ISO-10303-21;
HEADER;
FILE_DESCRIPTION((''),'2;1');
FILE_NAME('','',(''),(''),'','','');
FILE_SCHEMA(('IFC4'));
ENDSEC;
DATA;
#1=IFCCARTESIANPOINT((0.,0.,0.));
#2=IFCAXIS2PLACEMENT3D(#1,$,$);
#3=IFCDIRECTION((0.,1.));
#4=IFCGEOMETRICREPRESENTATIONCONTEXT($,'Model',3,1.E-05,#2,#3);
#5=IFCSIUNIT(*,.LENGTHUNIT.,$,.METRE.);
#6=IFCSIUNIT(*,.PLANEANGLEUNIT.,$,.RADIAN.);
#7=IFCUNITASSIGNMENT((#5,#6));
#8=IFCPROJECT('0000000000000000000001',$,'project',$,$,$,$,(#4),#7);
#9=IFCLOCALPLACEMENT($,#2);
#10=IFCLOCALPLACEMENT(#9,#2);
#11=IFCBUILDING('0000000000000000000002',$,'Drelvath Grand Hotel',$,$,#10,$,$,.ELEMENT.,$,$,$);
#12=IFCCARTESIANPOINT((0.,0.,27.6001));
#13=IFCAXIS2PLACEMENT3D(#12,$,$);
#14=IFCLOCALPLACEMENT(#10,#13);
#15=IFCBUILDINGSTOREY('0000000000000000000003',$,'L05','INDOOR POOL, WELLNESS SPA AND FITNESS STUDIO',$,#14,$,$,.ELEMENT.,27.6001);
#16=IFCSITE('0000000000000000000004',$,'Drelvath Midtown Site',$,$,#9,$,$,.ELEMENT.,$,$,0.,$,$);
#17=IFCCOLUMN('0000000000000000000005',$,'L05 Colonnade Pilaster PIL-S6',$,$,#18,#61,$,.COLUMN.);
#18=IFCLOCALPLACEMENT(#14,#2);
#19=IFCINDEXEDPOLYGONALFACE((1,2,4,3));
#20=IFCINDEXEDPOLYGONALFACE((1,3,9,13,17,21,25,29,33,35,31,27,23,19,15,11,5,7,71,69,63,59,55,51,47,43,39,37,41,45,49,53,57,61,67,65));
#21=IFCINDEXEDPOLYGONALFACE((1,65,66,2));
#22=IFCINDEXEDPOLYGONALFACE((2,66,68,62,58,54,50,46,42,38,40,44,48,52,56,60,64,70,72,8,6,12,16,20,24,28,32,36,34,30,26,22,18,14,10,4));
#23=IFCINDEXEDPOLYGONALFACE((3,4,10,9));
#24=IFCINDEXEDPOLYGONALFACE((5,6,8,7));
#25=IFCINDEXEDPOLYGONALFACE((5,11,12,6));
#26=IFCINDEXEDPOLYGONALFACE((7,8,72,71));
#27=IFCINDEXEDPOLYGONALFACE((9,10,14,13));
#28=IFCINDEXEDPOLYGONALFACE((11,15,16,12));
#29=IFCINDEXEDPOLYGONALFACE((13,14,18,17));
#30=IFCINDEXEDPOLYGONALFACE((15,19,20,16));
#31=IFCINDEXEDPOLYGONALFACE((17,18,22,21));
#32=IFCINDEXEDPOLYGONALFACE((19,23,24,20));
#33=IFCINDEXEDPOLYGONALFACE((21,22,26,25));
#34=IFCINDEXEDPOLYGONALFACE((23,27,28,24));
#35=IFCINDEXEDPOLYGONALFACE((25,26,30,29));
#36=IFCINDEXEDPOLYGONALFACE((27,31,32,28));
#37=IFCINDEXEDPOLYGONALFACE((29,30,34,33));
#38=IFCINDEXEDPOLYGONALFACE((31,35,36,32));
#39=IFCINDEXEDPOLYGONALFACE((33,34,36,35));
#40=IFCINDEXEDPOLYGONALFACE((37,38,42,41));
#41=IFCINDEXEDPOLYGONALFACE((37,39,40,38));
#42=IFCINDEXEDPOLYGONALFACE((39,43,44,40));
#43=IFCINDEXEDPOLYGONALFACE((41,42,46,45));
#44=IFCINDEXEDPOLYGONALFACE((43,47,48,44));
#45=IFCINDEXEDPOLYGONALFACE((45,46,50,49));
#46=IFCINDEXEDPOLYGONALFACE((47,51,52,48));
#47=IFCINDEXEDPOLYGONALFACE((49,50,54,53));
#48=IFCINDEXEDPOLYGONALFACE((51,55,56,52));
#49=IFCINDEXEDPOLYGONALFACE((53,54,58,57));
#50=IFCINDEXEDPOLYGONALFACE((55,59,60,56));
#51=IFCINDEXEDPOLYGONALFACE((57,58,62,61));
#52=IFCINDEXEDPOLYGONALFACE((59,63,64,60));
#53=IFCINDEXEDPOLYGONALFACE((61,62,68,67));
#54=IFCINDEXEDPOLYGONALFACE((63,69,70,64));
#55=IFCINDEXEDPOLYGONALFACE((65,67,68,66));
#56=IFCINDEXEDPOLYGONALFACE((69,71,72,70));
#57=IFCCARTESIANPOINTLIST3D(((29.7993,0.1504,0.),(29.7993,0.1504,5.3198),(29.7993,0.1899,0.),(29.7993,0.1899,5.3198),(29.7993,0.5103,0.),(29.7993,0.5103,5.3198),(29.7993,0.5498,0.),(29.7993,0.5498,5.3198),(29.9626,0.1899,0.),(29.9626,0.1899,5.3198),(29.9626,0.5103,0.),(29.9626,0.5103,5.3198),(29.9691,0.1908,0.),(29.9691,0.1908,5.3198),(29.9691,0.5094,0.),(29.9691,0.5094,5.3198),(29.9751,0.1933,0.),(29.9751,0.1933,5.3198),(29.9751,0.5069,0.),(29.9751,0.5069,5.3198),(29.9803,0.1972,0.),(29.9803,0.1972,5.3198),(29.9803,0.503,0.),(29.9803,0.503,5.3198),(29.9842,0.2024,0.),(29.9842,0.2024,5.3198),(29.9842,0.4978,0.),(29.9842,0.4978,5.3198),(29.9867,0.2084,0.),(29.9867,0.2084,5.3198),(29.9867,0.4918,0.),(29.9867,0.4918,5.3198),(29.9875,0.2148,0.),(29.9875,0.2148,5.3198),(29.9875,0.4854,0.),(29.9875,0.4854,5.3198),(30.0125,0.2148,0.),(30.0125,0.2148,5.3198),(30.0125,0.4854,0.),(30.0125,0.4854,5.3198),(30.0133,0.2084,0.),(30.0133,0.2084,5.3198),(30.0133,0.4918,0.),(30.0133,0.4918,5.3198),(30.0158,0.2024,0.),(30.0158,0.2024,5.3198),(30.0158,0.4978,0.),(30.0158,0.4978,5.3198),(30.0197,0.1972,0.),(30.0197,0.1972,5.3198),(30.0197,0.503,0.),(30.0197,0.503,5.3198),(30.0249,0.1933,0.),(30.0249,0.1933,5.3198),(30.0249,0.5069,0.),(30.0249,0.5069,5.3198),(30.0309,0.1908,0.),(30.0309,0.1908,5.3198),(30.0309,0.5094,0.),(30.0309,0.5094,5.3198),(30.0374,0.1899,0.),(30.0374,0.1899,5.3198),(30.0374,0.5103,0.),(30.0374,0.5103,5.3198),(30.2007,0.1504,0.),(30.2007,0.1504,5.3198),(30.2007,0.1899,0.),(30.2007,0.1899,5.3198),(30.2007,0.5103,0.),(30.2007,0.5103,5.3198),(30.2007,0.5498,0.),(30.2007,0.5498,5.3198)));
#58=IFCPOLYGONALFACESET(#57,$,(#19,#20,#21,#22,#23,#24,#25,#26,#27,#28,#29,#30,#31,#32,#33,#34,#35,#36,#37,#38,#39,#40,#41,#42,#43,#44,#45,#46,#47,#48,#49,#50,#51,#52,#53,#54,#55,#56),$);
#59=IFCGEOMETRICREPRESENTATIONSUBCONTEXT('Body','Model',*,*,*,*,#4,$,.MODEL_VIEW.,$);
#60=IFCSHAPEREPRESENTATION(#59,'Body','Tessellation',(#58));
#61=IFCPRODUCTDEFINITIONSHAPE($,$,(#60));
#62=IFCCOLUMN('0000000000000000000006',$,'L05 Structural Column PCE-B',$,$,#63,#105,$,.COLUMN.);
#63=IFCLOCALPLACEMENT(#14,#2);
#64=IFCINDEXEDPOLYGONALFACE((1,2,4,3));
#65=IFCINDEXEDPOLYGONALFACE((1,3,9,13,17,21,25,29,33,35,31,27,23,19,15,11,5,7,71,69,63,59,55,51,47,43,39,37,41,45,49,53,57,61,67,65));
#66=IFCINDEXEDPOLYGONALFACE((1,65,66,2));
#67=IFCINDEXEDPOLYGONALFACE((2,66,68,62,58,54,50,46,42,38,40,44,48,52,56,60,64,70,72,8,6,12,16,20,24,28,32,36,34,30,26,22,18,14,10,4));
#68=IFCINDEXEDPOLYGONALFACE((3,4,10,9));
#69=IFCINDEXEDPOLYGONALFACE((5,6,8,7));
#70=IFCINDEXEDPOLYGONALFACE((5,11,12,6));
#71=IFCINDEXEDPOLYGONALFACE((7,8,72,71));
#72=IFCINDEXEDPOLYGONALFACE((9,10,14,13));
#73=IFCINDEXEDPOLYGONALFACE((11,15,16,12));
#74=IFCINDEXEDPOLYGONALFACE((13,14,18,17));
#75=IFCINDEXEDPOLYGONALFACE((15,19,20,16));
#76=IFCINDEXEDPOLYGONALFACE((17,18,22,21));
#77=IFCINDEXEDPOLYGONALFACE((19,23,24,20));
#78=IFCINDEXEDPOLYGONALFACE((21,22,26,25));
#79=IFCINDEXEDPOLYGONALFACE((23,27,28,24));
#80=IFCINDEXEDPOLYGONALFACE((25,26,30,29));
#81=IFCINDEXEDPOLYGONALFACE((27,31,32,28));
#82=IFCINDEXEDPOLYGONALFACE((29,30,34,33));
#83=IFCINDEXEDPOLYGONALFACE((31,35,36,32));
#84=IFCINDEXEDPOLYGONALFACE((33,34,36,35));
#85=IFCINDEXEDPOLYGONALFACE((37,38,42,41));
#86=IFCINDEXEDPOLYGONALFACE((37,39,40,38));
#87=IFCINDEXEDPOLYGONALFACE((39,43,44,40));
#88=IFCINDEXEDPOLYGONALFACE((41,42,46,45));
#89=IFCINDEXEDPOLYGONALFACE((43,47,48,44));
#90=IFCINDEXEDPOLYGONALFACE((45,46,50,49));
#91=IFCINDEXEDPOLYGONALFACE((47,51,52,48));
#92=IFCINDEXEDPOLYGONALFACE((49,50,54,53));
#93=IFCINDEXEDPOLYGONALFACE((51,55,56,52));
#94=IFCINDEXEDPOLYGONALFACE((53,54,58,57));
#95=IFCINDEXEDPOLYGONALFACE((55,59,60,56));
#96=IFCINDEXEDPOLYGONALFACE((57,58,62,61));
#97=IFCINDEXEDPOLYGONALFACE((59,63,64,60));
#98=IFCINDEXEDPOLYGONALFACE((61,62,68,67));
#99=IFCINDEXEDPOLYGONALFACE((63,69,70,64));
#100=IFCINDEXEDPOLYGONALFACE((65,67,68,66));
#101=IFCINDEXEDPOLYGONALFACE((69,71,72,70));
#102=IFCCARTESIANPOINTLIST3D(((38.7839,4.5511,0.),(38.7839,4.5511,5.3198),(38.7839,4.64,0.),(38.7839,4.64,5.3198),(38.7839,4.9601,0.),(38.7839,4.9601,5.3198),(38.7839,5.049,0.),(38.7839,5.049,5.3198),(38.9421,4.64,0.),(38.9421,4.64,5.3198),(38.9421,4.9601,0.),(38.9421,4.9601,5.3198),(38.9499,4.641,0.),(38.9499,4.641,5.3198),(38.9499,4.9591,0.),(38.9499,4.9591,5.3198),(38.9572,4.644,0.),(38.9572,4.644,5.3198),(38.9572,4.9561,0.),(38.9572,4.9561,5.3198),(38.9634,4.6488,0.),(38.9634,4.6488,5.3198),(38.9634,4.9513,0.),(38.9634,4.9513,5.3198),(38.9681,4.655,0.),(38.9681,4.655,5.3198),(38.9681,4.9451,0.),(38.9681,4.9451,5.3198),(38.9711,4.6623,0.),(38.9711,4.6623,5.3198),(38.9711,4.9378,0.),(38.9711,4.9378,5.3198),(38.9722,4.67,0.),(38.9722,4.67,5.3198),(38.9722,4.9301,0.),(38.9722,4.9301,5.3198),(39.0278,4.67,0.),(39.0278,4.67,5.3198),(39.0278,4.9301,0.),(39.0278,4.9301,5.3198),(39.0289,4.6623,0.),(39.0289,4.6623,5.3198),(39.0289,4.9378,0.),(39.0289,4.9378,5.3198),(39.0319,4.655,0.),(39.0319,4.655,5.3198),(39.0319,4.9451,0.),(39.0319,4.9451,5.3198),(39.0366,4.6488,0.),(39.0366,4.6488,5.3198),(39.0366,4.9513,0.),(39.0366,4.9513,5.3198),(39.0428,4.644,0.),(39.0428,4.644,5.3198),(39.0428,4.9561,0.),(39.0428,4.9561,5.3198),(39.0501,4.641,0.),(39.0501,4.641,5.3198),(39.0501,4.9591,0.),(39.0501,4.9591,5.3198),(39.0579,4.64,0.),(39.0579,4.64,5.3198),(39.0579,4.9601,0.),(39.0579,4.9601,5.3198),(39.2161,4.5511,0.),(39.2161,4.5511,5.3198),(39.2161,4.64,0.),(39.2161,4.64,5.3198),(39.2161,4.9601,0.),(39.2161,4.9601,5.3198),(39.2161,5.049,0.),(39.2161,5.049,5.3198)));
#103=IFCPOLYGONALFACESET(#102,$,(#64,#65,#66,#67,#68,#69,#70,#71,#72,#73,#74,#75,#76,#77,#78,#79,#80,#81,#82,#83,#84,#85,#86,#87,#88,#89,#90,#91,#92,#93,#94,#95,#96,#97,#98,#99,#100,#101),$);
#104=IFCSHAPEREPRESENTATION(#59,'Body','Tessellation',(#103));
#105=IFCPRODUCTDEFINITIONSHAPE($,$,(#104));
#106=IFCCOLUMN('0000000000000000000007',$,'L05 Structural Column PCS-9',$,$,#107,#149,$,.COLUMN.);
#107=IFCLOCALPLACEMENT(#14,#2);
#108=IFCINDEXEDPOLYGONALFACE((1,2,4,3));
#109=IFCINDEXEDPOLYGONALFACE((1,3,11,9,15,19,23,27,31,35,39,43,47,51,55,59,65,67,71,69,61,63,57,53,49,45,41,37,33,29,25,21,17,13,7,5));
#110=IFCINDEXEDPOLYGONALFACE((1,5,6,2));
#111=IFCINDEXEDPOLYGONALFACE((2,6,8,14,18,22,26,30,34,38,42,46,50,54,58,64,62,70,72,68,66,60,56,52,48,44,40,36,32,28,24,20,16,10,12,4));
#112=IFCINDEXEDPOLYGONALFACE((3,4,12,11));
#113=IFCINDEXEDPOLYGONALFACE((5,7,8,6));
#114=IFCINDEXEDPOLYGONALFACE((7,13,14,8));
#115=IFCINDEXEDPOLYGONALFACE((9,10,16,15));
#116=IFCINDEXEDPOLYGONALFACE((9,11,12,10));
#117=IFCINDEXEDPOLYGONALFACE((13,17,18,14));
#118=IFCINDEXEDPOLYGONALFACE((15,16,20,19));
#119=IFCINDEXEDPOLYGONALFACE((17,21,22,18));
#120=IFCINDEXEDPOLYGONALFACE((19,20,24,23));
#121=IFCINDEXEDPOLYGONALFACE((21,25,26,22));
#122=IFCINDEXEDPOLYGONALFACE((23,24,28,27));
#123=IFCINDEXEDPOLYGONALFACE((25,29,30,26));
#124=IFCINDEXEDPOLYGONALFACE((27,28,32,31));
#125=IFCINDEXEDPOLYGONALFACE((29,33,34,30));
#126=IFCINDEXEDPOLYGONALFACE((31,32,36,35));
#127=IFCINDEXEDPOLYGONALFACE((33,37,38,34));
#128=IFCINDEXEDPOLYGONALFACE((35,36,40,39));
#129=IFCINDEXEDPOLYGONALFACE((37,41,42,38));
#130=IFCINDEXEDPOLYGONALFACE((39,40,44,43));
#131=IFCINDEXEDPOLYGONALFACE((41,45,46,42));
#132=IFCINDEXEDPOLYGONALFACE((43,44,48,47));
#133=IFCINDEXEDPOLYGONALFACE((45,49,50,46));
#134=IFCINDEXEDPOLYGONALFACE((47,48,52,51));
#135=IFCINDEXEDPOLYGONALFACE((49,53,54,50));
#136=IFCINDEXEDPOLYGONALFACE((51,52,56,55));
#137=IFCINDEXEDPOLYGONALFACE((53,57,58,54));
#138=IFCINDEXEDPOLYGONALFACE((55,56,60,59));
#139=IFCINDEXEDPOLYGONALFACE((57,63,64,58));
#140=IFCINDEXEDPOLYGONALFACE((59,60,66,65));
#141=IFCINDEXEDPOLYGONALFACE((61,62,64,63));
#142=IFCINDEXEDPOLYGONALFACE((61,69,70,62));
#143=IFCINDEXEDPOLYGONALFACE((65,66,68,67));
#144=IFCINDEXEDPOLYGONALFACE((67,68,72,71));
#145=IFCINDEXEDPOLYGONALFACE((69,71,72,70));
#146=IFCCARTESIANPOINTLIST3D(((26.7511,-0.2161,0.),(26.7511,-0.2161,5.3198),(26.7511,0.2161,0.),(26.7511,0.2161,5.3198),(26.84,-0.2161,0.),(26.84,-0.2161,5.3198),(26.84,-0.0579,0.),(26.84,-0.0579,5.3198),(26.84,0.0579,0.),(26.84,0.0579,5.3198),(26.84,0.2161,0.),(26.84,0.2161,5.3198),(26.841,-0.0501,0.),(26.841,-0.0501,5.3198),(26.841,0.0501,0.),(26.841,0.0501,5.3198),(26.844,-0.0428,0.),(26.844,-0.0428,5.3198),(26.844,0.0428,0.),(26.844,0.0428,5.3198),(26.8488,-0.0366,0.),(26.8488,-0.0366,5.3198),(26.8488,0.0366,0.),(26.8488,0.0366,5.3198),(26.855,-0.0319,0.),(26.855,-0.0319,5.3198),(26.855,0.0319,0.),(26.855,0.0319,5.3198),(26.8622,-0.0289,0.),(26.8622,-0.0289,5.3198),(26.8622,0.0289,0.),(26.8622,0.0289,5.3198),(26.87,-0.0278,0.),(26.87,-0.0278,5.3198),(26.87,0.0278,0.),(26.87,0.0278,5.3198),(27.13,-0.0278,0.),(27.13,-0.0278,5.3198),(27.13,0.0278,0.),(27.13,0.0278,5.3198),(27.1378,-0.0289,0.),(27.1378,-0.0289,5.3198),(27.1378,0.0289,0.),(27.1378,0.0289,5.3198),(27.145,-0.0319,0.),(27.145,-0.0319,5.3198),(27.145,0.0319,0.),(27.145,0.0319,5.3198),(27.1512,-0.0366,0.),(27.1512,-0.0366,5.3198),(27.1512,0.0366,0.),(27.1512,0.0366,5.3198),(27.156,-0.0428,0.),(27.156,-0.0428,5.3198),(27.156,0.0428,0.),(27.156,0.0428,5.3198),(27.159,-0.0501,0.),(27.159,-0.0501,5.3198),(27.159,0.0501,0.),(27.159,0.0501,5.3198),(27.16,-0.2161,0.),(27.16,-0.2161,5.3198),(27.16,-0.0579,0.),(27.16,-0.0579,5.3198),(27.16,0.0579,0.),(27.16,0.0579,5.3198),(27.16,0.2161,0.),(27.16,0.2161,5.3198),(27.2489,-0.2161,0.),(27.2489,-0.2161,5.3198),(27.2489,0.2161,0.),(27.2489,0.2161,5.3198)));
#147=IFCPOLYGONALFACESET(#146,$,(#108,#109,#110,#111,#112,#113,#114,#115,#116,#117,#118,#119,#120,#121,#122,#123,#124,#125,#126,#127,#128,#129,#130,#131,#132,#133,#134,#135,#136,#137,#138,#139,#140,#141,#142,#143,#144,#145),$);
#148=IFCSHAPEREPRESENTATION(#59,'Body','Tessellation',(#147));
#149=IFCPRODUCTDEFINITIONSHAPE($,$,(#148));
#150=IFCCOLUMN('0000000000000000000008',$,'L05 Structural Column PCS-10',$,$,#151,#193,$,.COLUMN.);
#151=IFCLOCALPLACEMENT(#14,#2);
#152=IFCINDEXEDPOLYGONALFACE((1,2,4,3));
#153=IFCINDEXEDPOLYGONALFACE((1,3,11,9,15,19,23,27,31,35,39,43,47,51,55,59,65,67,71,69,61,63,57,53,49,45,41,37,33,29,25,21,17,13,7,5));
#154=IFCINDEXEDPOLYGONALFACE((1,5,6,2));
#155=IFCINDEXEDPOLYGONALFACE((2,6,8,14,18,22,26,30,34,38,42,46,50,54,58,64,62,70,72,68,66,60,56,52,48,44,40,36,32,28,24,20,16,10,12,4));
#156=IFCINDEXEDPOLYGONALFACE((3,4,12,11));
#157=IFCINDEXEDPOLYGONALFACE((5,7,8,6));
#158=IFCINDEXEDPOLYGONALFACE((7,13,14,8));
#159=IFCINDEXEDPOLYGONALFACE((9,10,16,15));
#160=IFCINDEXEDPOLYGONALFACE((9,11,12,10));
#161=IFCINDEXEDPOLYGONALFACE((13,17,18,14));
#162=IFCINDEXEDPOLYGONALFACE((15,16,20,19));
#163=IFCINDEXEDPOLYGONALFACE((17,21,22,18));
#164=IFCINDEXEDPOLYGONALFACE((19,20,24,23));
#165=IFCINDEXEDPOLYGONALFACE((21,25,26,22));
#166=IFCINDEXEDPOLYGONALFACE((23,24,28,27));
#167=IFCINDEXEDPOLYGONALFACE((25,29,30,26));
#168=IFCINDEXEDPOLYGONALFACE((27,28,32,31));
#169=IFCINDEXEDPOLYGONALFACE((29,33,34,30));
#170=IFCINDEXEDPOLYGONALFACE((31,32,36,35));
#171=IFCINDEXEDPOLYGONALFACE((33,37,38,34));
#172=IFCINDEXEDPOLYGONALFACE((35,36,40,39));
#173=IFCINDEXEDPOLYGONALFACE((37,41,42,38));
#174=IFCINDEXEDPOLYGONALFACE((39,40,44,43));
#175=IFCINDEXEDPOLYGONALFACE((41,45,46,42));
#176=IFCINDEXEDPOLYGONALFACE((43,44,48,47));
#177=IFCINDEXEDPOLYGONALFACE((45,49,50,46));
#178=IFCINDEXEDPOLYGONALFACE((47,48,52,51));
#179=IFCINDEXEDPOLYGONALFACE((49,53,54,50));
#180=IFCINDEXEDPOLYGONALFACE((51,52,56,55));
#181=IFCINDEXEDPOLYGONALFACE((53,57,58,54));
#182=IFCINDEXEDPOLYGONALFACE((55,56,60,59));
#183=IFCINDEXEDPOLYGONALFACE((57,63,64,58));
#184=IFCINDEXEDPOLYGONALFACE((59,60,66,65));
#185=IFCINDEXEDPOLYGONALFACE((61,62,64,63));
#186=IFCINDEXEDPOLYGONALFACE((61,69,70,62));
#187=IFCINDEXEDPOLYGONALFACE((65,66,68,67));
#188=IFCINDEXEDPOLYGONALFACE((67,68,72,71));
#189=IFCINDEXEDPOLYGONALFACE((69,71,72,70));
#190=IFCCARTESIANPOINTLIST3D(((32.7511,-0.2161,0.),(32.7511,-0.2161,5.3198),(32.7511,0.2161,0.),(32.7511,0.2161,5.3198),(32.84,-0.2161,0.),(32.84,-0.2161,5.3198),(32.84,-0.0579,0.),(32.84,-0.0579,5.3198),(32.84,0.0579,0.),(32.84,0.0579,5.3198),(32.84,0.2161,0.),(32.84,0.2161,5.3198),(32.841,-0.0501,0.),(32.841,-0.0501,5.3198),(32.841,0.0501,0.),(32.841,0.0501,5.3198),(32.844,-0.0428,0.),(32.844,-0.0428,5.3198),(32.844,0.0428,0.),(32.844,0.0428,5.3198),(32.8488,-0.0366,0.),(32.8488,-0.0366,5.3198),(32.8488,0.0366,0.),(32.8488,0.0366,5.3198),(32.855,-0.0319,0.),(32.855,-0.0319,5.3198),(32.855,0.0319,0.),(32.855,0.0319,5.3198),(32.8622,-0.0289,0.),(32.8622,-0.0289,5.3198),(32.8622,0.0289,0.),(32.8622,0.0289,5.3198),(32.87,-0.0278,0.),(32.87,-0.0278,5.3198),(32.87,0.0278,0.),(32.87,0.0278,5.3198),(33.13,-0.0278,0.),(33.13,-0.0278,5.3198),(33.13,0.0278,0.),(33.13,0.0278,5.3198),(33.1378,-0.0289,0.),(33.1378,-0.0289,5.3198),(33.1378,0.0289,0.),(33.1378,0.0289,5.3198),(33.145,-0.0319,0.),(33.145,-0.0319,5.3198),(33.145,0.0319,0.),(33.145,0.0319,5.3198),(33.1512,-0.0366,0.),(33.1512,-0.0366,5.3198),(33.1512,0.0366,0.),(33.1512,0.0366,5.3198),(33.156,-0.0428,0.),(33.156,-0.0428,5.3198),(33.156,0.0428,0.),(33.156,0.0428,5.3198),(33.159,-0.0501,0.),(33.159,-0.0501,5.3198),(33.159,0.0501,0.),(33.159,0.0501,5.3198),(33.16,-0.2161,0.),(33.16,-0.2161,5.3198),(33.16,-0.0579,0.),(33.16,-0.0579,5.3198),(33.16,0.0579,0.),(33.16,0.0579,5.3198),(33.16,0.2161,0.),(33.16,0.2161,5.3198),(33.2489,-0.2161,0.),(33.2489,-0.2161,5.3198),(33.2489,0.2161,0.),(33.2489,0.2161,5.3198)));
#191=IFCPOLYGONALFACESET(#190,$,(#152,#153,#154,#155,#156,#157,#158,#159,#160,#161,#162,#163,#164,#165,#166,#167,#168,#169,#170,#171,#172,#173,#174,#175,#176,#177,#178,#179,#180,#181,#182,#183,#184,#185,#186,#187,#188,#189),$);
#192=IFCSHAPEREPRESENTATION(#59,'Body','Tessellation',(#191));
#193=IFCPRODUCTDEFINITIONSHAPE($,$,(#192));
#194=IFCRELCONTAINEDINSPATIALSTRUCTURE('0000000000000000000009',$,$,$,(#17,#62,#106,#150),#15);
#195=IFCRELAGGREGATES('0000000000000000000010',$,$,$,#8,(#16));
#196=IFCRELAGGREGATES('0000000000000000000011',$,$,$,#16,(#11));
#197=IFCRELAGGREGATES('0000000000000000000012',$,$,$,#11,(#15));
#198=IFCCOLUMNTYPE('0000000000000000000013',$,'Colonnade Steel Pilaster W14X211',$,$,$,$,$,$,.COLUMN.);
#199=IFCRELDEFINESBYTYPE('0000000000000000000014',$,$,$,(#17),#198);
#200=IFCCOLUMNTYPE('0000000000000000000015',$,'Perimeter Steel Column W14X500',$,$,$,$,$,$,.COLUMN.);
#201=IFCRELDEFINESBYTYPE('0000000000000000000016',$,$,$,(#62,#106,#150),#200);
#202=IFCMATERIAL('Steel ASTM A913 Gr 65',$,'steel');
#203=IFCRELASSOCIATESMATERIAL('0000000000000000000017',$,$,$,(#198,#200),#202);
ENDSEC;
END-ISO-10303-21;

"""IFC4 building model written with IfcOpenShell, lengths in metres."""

from ifc_helpers import new_model, si_unit, direction, frame, origin, origin_2d, place, context, subcontext, project, spatial, i_section, extrude, material, material_profile, profile_set, type_object, element, save


model = new_model("IFC4")

# Units and contexts
model_context = context("Model", 3, precision=1e-05, world=origin(), true_north=direction((0.0, 1.0)))
body_context = subcontext(model_context, "Body", "Model", "MODEL_VIEW")
ifc_project = project(units=[si_unit("LENGTHUNIT", "METRE"), si_unit("PLANEANGLEUNIT", "RADIAN")], contexts=[model_context])

# Site, building, storey
site_placement = place(None, origin())
site = spatial("IfcSite", under=ifc_project, at=site_placement, Name="Drelvath Midtown Site", CompositionType="ELEMENT", RefElevation=0.0)
building_placement = place(site_placement, origin())
building = spatial("IfcBuilding", under=site, at=building_placement, Name="Drelvath Grand Hotel", CompositionType="ELEMENT")
storey_placement = place(building_placement, frame((0.0, 0.0, 27.6001)))
storey = spatial("IfcBuildingStorey", under=building, at=storey_placement, Name="L05", Description="INDOOR POOL, WELLNESS SPA AND FITNESS STUDIO", CompositionType="ELEMENT", Elevation=27.6001)

# Columns
ifc_material_1 = material(Name="Steel ASTM A913 Gr 65", Category="steel")
ifc_material_profile_1 = material_profile(ifc_material_1, i_section(OverallWidth=0.4014, OverallDepth=0.3994, WebThickness=0.0249, FlangeThickness=0.0396, FilletRadius=0.0249, at=origin_2d()), Name="W14X211")
ifc_profile_set_1 = profile_set([ifc_material_profile_1], Name="Steel ASTM A913 Gr 65")
column_type_1 = type_object("IfcColumnType", Name="Colonnade Steel Pilaster W14X211", PredefinedType="COLUMN", material=ifc_profile_set_1)
column_placement = place(storey_placement, frame((30.0, 0.3501, 0.0), z_axis=(0.0, 0.0, 1.0), x_axis=(1.0, 0.0, 0.0)))
element("IfcColumn", 1, at=column_placement, inside=storey, type_object=column_type_1, Name="L05 Colonnade Pilaster PIL-S6", PredefinedType="COLUMN", context=body_context, shape_type="SweptSolid", body=[
    extrude(i_section(OverallWidth=0.4014, OverallDepth=0.3994, WebThickness=0.0249, FlangeThickness=0.0396, FilletRadius=0.0249, at=origin_2d()), origin(), (0.0, 0.0, 1.0), 5.3198),
])
ifc_material_profile_2 = material_profile(ifc_material_1, i_section(OverallWidth=0.4321, OverallDepth=0.4978, WebThickness=0.0557, FlangeThickness=0.0889, FilletRadius=0.03, at=origin_2d()), Name="W14X500")
ifc_profile_set_2 = profile_set([ifc_material_profile_2], Name="Steel ASTM A913 Gr 65")
column_type_2 = type_object("IfcColumnType", Name="Perimeter Steel Column W14X500", PredefinedType="COLUMN", material=ifc_profile_set_2)
for number, where, z_axis, x_axis, name in (
    (2, (39.0, 4.8, 0.0), (0.0, 0.0, 1.0), (1.0, 0.0, 0.0), "L05 Structural Column PCE-B"),
    (3, (27.0, 0.0, 0.0), (0.0, 0.0, 1.0), (0.0, 1.0, 0.0), "L05 Structural Column PCS-9"),
    (4, (33.0, 0.0, 0.0), (0.0, 0.0, 1.0), (0.0, 1.0, 0.0), "L05 Structural Column PCS-10"),
):
    element("IfcColumn", number, at=place(storey_placement, frame(where, z_axis=z_axis, x_axis=x_axis)), inside=storey, type_object=column_type_2, Name=name, PredefinedType="COLUMN", context=body_context, shape_type="SweptSolid", body=[
        extrude(i_section(OverallWidth=0.4321, OverallDepth=0.4978, WebThickness=0.0557, FlangeThickness=0.0889, FilletRadius=0.03, at=origin_2d()), origin(), (0.0, 0.0, 1.0), 5.3198),
    ])

save(model, "model.ifc")
